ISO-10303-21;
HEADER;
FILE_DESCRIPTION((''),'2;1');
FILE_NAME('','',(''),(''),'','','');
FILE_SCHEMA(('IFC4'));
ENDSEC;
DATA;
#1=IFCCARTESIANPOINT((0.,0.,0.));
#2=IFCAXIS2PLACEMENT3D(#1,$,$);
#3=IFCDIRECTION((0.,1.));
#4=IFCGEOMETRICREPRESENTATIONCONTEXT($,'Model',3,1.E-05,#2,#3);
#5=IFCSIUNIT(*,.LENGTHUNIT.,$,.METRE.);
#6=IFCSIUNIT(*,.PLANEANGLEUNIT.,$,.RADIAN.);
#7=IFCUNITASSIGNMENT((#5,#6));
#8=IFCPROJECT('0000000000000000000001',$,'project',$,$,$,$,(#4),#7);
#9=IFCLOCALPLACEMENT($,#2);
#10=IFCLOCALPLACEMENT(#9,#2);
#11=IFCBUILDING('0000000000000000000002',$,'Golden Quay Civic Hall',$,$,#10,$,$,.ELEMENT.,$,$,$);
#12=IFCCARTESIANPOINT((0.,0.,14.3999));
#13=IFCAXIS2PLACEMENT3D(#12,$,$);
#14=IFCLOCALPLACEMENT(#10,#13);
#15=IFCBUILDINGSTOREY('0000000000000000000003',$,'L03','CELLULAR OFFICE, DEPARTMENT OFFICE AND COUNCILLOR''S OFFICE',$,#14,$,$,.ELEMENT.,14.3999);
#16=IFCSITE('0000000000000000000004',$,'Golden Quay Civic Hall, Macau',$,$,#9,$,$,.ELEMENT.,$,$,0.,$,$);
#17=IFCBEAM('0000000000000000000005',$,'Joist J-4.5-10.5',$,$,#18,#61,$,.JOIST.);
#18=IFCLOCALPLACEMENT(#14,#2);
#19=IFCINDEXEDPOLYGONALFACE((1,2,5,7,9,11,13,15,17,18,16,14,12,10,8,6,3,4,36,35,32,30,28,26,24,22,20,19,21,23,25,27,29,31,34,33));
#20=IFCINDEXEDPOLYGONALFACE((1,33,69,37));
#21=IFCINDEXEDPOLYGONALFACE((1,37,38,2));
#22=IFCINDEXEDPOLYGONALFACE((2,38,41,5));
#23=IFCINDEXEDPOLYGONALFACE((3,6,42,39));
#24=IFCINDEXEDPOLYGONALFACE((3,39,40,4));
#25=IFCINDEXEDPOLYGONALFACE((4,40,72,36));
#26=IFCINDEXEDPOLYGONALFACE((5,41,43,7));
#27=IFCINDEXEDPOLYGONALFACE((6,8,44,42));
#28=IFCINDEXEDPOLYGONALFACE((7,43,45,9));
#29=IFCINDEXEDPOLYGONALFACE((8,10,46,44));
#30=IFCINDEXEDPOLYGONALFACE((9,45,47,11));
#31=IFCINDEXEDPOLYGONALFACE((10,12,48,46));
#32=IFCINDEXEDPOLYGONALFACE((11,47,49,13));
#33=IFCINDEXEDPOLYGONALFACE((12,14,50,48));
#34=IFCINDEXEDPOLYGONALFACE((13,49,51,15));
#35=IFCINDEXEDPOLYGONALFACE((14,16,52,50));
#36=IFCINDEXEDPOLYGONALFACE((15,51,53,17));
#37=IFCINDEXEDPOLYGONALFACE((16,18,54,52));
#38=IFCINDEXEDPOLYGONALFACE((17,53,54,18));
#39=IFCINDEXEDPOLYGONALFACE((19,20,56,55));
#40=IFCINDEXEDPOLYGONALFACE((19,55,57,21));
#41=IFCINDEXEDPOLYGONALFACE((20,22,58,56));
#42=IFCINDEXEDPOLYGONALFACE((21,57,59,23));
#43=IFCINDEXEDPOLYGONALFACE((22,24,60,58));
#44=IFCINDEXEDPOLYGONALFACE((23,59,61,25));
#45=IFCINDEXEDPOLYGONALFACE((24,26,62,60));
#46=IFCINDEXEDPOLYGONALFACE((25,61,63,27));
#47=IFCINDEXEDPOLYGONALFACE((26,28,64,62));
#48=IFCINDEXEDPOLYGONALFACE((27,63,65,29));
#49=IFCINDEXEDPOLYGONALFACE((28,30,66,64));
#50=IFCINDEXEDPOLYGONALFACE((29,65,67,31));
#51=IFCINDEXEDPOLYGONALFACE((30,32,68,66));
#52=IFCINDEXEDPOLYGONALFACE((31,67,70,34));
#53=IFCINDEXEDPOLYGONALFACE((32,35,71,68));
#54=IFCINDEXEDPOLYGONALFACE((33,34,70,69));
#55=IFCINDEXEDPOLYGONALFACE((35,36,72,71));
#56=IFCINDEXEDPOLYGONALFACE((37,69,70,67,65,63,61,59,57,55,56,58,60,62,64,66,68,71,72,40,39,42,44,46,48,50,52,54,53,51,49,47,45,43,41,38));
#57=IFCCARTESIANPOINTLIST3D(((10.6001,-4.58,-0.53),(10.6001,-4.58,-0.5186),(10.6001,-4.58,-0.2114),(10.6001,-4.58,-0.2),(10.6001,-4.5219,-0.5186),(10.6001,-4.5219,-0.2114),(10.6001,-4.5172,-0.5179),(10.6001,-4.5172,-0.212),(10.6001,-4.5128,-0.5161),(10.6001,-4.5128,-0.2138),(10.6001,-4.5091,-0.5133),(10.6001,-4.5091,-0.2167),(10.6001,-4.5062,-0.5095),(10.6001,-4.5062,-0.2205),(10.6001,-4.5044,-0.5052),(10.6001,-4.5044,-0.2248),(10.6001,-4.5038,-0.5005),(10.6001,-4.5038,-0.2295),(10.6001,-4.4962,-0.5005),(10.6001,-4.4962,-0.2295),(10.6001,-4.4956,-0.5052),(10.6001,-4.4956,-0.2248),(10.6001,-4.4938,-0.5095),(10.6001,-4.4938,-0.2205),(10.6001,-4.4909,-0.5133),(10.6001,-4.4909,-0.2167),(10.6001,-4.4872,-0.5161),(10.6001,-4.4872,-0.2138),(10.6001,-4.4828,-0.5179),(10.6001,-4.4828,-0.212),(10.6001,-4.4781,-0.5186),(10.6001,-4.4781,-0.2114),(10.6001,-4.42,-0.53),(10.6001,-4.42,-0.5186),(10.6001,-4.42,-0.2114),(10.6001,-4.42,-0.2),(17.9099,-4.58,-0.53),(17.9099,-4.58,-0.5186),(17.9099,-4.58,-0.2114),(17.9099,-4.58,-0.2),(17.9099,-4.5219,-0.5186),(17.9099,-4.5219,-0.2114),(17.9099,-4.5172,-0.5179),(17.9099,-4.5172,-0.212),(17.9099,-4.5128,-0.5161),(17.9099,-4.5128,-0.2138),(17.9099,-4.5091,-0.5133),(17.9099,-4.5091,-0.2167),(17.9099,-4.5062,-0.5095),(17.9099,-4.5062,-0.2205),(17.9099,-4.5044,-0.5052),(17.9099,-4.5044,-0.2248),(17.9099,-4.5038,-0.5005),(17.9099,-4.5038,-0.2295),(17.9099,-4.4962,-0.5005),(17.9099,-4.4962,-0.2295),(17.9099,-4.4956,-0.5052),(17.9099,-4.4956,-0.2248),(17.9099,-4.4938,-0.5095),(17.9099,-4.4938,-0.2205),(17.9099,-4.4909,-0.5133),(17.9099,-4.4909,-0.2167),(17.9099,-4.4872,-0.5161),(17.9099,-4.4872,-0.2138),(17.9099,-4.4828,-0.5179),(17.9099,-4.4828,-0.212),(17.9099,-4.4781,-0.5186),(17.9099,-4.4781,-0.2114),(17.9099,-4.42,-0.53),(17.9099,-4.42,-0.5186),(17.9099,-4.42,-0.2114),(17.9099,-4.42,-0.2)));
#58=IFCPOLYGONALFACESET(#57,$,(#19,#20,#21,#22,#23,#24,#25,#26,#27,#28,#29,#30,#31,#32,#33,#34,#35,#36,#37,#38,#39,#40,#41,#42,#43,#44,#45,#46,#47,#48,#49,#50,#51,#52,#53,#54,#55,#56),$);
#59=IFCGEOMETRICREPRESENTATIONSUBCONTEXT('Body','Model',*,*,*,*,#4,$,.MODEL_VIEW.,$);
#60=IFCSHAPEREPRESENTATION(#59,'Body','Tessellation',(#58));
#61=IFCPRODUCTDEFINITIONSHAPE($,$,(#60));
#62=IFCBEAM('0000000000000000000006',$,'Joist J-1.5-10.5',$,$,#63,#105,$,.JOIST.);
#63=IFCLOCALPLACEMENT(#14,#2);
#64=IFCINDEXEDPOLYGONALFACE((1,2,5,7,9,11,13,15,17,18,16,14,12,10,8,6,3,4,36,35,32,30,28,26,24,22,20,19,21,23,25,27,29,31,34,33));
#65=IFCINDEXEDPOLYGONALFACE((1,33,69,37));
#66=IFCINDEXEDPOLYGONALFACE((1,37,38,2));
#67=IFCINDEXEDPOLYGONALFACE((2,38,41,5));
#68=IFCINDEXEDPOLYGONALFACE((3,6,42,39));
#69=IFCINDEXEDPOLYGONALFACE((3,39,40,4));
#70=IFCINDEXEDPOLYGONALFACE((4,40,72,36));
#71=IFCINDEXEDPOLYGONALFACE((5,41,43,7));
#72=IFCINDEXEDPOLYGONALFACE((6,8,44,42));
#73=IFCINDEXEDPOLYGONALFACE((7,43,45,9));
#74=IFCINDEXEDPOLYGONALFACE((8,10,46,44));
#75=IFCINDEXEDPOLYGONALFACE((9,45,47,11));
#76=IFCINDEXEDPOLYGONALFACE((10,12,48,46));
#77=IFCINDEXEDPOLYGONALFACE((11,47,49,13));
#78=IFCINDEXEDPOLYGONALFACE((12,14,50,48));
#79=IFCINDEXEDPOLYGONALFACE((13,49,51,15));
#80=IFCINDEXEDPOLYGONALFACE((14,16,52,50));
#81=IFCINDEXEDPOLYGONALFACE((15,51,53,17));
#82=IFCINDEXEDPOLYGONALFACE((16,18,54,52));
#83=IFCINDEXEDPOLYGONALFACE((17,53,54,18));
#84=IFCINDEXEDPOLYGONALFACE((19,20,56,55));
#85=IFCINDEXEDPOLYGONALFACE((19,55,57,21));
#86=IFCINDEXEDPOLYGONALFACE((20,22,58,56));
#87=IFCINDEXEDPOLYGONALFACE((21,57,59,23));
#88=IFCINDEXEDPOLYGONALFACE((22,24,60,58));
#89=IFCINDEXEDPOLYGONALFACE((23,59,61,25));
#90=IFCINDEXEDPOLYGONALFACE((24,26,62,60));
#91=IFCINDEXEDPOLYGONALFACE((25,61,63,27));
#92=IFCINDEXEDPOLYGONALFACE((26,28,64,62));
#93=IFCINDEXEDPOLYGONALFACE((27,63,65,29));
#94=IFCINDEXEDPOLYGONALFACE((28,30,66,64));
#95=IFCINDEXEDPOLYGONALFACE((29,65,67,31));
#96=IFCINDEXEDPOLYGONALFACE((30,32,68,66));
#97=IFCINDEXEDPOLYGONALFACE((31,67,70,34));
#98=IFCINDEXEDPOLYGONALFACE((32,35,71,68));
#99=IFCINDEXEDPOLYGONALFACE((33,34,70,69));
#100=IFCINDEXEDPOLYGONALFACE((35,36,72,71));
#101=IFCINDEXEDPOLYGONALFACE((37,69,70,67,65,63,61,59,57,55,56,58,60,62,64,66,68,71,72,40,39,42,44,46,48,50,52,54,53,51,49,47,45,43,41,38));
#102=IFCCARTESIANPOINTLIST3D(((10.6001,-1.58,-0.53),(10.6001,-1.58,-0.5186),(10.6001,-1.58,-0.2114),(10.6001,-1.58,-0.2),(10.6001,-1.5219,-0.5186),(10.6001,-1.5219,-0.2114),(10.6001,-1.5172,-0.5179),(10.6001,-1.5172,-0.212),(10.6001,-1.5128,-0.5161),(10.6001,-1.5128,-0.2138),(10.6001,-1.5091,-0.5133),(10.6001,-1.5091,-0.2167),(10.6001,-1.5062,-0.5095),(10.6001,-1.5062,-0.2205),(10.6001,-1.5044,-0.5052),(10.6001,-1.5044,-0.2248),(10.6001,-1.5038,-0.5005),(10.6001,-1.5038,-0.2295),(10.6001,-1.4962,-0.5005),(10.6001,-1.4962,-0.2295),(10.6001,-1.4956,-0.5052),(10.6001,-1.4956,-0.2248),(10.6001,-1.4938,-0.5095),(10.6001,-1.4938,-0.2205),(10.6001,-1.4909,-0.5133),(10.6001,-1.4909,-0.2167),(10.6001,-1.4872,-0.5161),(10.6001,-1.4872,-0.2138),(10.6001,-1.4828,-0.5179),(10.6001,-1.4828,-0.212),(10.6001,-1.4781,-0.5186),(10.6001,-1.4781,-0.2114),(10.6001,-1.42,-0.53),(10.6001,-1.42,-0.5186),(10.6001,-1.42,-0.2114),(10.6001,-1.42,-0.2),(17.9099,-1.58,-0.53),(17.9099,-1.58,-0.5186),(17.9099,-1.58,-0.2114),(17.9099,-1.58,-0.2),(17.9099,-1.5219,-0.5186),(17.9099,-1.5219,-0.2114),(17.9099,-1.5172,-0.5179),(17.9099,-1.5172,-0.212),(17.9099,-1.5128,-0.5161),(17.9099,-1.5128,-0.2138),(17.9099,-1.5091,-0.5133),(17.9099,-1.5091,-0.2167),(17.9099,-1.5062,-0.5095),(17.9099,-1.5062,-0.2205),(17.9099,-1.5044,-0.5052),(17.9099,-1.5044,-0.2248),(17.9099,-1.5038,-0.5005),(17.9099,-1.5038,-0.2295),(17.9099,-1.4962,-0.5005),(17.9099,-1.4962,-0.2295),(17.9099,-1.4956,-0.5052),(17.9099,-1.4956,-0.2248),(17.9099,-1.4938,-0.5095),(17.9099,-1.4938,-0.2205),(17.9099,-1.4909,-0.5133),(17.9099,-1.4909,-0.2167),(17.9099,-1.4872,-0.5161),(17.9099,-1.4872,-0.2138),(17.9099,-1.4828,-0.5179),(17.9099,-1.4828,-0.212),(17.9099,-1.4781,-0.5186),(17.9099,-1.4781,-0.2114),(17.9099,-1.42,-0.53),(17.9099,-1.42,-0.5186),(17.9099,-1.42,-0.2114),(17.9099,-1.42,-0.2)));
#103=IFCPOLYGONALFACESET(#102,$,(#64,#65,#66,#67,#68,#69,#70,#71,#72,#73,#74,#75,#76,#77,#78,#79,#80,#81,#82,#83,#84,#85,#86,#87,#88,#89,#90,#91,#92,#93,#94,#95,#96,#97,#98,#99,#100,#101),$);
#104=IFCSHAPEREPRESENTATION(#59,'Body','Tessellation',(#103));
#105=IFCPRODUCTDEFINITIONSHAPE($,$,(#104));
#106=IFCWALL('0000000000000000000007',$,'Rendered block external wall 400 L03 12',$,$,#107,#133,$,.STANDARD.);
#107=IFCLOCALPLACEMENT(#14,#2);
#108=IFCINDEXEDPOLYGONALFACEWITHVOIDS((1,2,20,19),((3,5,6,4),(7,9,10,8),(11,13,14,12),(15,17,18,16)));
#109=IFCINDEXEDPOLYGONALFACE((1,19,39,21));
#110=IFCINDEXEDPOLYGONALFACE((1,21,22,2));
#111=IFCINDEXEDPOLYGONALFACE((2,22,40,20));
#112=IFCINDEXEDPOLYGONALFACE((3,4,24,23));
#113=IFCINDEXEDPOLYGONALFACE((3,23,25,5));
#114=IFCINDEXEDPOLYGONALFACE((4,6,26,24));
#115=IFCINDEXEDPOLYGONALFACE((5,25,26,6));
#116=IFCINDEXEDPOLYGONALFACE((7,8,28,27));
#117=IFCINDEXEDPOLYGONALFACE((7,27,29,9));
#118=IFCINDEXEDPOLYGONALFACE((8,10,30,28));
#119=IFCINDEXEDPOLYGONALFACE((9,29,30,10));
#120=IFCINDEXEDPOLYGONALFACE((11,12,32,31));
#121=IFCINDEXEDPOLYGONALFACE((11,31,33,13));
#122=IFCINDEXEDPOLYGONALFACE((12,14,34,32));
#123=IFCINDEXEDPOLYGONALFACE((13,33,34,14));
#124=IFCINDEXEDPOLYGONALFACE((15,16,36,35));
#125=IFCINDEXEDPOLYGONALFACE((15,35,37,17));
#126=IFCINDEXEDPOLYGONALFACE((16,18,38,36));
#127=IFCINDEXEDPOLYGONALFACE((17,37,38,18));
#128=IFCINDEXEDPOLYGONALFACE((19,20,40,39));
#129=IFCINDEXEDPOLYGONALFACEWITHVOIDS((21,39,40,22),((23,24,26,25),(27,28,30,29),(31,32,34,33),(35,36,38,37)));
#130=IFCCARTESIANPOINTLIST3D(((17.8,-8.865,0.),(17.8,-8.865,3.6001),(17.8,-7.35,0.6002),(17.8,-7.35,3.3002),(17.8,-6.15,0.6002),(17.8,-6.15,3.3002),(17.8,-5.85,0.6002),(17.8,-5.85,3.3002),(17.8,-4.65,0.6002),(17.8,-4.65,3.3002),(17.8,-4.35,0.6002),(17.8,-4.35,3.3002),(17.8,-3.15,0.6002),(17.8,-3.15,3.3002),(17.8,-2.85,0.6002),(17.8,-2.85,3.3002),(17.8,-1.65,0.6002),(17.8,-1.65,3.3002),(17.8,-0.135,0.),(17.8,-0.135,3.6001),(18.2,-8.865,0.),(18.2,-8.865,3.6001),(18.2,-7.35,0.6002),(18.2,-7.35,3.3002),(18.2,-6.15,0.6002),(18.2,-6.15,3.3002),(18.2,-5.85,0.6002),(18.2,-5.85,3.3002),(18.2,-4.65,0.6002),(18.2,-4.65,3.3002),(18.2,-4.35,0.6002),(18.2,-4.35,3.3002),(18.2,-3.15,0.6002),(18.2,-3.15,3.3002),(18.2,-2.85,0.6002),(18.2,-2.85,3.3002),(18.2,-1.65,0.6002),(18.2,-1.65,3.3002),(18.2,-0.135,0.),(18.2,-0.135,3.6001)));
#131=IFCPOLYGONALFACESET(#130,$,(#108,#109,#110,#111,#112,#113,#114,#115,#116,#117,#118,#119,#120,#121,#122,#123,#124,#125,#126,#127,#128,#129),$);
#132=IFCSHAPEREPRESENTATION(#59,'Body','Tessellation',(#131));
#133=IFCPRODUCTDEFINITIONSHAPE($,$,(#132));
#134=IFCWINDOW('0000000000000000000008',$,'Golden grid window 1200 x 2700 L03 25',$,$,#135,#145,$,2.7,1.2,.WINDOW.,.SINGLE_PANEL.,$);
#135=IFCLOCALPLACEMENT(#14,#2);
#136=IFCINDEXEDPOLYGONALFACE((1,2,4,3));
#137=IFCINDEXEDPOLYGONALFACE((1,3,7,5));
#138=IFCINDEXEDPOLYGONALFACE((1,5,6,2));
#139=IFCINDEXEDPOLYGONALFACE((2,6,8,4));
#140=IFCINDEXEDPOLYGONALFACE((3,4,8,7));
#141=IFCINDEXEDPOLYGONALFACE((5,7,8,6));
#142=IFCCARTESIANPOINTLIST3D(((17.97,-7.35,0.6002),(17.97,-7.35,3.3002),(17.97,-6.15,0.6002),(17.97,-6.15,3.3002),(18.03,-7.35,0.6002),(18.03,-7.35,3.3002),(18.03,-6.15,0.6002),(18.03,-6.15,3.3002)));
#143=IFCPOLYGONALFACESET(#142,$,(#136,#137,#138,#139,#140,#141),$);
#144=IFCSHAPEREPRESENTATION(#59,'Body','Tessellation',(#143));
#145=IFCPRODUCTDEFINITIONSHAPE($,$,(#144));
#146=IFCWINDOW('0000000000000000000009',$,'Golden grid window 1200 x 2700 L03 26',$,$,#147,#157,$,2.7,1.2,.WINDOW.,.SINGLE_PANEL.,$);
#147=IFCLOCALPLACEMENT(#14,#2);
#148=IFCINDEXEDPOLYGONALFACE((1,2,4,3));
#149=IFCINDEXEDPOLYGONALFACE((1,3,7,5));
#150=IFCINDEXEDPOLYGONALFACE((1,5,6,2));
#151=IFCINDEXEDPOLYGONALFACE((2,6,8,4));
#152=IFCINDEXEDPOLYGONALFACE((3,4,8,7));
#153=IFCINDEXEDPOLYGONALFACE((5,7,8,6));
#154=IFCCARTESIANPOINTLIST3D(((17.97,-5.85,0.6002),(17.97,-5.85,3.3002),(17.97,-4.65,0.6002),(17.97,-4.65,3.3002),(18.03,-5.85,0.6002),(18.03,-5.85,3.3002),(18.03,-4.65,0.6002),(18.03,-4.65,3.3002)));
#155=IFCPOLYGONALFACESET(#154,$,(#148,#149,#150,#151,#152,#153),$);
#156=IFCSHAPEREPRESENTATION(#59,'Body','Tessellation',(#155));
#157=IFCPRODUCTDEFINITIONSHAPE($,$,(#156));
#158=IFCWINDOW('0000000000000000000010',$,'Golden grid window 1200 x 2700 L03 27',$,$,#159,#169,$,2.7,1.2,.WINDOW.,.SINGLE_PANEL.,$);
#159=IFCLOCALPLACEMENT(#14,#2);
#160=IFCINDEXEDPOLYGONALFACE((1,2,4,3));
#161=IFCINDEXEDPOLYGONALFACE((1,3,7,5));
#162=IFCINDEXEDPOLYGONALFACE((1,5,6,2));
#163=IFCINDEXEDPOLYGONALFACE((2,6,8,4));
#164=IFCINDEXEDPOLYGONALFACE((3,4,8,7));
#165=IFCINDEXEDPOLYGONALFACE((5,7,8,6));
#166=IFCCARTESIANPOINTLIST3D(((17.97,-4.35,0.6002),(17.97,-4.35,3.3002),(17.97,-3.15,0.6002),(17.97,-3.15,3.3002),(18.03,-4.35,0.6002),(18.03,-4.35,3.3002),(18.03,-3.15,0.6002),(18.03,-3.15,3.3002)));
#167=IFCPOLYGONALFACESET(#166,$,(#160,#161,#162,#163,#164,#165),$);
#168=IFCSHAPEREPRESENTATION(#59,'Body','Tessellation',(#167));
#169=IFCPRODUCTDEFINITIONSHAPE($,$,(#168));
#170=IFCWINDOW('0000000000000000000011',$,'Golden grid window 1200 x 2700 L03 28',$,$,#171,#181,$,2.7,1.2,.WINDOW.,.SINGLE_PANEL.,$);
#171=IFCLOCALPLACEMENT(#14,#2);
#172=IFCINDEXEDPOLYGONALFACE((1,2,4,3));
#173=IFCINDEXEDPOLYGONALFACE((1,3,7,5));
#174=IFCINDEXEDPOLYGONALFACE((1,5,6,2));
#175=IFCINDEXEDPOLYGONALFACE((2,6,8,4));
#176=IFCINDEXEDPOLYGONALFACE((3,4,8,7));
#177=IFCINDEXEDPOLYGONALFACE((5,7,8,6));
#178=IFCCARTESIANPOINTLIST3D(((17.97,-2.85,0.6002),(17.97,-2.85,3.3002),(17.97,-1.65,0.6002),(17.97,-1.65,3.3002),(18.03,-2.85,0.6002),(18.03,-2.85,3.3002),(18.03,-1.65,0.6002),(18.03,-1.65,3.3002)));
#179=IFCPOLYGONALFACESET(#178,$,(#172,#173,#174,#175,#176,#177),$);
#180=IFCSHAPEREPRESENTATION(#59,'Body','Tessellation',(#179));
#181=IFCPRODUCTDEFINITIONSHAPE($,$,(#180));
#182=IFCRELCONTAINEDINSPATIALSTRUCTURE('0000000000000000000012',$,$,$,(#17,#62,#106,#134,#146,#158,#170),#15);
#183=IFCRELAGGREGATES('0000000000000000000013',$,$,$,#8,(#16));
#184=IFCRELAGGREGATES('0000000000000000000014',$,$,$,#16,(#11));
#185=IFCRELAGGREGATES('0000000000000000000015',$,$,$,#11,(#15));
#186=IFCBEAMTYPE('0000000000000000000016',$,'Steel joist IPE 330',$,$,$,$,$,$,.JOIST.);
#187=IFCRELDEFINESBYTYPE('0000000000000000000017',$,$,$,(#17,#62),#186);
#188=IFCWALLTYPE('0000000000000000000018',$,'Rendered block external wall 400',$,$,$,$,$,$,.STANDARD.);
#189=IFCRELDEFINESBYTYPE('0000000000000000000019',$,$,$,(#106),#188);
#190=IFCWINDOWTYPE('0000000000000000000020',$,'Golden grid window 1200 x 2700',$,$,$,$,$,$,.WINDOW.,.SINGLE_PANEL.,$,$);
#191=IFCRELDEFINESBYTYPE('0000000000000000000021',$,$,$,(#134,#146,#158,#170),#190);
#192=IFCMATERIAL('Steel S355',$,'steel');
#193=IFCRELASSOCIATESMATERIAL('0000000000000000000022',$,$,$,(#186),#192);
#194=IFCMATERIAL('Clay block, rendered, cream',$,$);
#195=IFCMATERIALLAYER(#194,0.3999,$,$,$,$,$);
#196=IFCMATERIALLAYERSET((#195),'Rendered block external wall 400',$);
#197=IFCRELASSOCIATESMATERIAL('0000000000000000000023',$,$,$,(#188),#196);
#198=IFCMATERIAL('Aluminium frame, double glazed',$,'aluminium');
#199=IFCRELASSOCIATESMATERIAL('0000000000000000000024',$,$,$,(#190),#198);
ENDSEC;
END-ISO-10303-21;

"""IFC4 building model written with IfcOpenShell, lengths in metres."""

from ifc_helpers import new_model, si_unit, direction, frame, frame_2d, origin, origin_2d, place, context, subcontext, project, spatial, rectangle, i_section, extrude, material, layer, layer_set, material_profile, profile_set, type_object, element, fill, save


model = new_model("IFC4")

# Units and contexts
model_context = context("Model", 3, precision=1e-05, world=origin(), true_north=direction((0.0, 1.0)))
body_context = subcontext(model_context, "Body", "Model", "MODEL_VIEW")
ifc_project = project(units=[si_unit("LENGTHUNIT", "METRE"), si_unit("PLANEANGLEUNIT", "RADIAN")], contexts=[model_context])

# Site, building, storey
site_placement = place(None, origin())
site = spatial("IfcSite", under=ifc_project, at=site_placement, Name="Golden Quay Civic Hall, Macau", CompositionType="ELEMENT", RefElevation=0.0)
building_placement = place(site_placement, origin())
building = spatial("IfcBuilding", under=site, at=building_placement, Name="Golden Quay Civic Hall", CompositionType="ELEMENT")
storey_placement = place(building_placement, frame((0.0, 0.0, 14.3999)))
storey = spatial("IfcBuildingStorey", under=building, at=storey_placement, Name="L03", Description="CELLULAR OFFICE, DEPARTMENT OFFICE AND COUNCILLOR'S OFFICE", CompositionType="ELEMENT", Elevation=14.3999)

# Beams
ifc_material_1 = material(Name="Steel S355", Category="steel")
ifc_material_profile = material_profile(ifc_material_1, i_section(OverallWidth=0.1599, OverallDepth=0.3301, WebThickness=0.0076, FlangeThickness=0.0115, FilletRadius=0.0181, at=origin_2d()), Name="IPE 330")
ifc_profile_set = profile_set([ifc_material_profile], Name="Steel S355")
beam_type = type_object("IfcBeamType", Name="Steel joist IPE 330", PredefinedType="JOIST", material=ifc_profile_set)
for number, where, z_axis, x_axis, name in (
    (1, (10.6001, -4.5, -0.365), (1.0, 0.0, 0.0), (0.0, 1.0, 0.0), "Joist J-4.5-10.5"),
    (2, (10.6001, -1.5, -0.365), (1.0, 0.0, 0.0), (0.0, 1.0, 0.0), "Joist J-1.5-10.5"),
):
    element("IfcBeam", number, at=place(storey_placement, frame(where, z_axis=z_axis, x_axis=x_axis)), inside=storey, type_object=beam_type, Name=name, PredefinedType="JOIST", context=body_context, shape_type="SweptSolid", body=[
        extrude(i_section(OverallWidth=0.1599, OverallDepth=0.3301, WebThickness=0.0076, FlangeThickness=0.0115, FilletRadius=0.0181, at=origin_2d()), origin(), (0.0, 0.0, 1.0), 7.3098),
    ])

# Wall, openings, windows
ifc_material_2 = material(Name="Clay block, rendered, cream")
ifc_layer = layer(ifc_material_2, 0.3999)
ifc_layer_set = layer_set([ifc_layer], Name="Rendered block external wall 400")
wall_type = type_object("IfcWallType", Name="Rendered block external wall 400", PredefinedType="STANDARD", material=ifc_layer_set)
wall_placement = place(storey_placement, frame((18.0, -0.135, 0.0), z_axis=(0.0, 0.0, 1.0), x_axis=(0.0, -1.0, 0.0)))
wall = element("IfcWall", 3, at=wall_placement, inside=storey, type_object=wall_type, Name="Rendered block external wall 400 L03 12", PredefinedType="STANDARD", context=body_context, shape_type="SweptSolid", body=[
    extrude(rectangle(XDim=8.73, YDim=0.3999, at=frame_2d((4.365, 0.0))), origin(), (0.0, 0.0, 1.0), 3.6001),
])
opening_1_placement = place(wall_placement, frame((6.0149, 0.0, 0.6001)))
opening_1 = element("IfcOpeningElement", 4, at=opening_1_placement, cuts=wall, PredefinedType="OPENING", context=body_context, shape_type="SweptSolid", body=[
    extrude(rectangle(XDim=1.2, YDim=2.7, at=frame_2d((0.6001, 1.3501))), frame((0.0, 0.21, 0.0), z_axis=(0.0, -1.0, 0.0), x_axis=(1.0, 0.0, 0.0)), (0.0, 0.0, 1.0), 0.4199),
])
opening_2_placement = place(wall_placement, frame((4.5149, 0.0, 0.6001)))
opening_2 = element("IfcOpeningElement", 5, at=opening_2_placement, cuts=wall, PredefinedType="OPENING", context=body_context, shape_type="SweptSolid", body=[
    extrude(rectangle(XDim=1.2, YDim=2.7, at=frame_2d((0.6001, 1.3501))), frame((0.0, 0.21, 0.0), z_axis=(0.0, -1.0, 0.0), x_axis=(1.0, 0.0, 0.0)), (0.0, 0.0, 1.0), 0.4199),
])
opening_3_placement = place(wall_placement, frame((3.0149, 0.0, 0.6001)))
opening_3 = element("IfcOpeningElement", 6, at=opening_3_placement, cuts=wall, PredefinedType="OPENING", context=body_context, shape_type="SweptSolid", body=[
    extrude(rectangle(XDim=1.2, YDim=2.7, at=frame_2d((0.6001, 1.3501))), frame((0.0, 0.21, 0.0), z_axis=(0.0, -1.0, 0.0), x_axis=(1.0, 0.0, 0.0)), (0.0, 0.0, 1.0), 0.4199),
])
opening_4_placement = place(wall_placement, frame((1.5149, 0.0, 0.6001)))
opening_4 = element("IfcOpeningElement", 7, at=opening_4_placement, cuts=wall, PredefinedType="OPENING", context=body_context, shape_type="SweptSolid", body=[
    extrude(rectangle(XDim=1.2, YDim=2.7, at=frame_2d((0.6001, 1.3501))), frame((0.0, 0.21, 0.0), z_axis=(0.0, -1.0, 0.0), x_axis=(1.0, 0.0, 0.0)), (0.0, 0.0, 1.0), 0.4199),
])
ifc_material_3 = material(Name="Aluminium frame, double glazed", Category="aluminium")
window_type = type_object("IfcWindowType", Name="Golden grid window 1200 x 2700", PartitioningType="SINGLE_PANEL", PredefinedType="WINDOW", material=ifc_material_3)
window_1_placement = place(opening_1_placement, origin())
window_1 = element("IfcWindow", 8, at=window_1_placement, inside=storey, type_object=window_type, Name="Golden grid window 1200 x 2700 L03 25", OverallHeight=2.7, OverallWidth=1.2, PartitioningType="SINGLE_PANEL", PredefinedType="WINDOW", context=body_context, shape_type="SweptSolid", body=[
    extrude(rectangle(XDim=1.2, YDim=2.7, at=frame_2d((0.6001, 1.3501))), frame((0.0, 0.03, 0.0), z_axis=(0.0, -1.0, 0.0), x_axis=(1.0, 0.0, 0.0)), (0.0, 0.0, 1.0), 0.0601),
])
fill(opening_1, window_1)
window_2_placement = place(opening_2_placement, origin())
window_2 = element("IfcWindow", 9, at=window_2_placement, inside=storey, type_object=window_type, Name="Golden grid window 1200 x 2700 L03 26", OverallHeight=2.7, OverallWidth=1.2, PartitioningType="SINGLE_PANEL", PredefinedType="WINDOW", context=body_context, shape_type="SweptSolid", body=[
    extrude(rectangle(XDim=1.2, YDim=2.7, at=frame_2d((0.6001, 1.3501))), frame((0.0, 0.03, 0.0), z_axis=(0.0, -1.0, 0.0), x_axis=(1.0, 0.0, 0.0)), (0.0, 0.0, 1.0), 0.0601),
])
fill(opening_2, window_2)
window_3_placement = place(opening_3_placement, origin())
window_3 = element("IfcWindow", 10, at=window_3_placement, inside=storey, type_object=window_type, Name="Golden grid window 1200 x 2700 L03 27", OverallHeight=2.7, OverallWidth=1.2, PartitioningType="SINGLE_PANEL", PredefinedType="WINDOW", context=body_context, shape_type="SweptSolid", body=[
    extrude(rectangle(XDim=1.2, YDim=2.7, at=frame_2d((0.6001, 1.3501))), frame((0.0, 0.03, 0.0), z_axis=(0.0, -1.0, 0.0), x_axis=(1.0, 0.0, 0.0)), (0.0, 0.0, 1.0), 0.0601),
])
fill(opening_3, window_3)
window_4_placement = place(opening_4_placement, origin())
window_4 = element("IfcWindow", 11, at=window_4_placement, inside=storey, type_object=window_type, Name="Golden grid window 1200 x 2700 L03 28", OverallHeight=2.7, OverallWidth=1.2, PartitioningType="SINGLE_PANEL", PredefinedType="WINDOW", context=body_context, shape_type="SweptSolid", body=[
    extrude(rectangle(XDim=1.2, YDim=2.7, at=frame_2d((0.6001, 1.3501))), frame((0.0, 0.03, 0.0), z_axis=(0.0, -1.0, 0.0), x_axis=(1.0, 0.0, 0.0)), (0.0, 0.0, 1.0), 0.0601),
])
fill(opening_4, window_4)

save(model, "model.ifc")
